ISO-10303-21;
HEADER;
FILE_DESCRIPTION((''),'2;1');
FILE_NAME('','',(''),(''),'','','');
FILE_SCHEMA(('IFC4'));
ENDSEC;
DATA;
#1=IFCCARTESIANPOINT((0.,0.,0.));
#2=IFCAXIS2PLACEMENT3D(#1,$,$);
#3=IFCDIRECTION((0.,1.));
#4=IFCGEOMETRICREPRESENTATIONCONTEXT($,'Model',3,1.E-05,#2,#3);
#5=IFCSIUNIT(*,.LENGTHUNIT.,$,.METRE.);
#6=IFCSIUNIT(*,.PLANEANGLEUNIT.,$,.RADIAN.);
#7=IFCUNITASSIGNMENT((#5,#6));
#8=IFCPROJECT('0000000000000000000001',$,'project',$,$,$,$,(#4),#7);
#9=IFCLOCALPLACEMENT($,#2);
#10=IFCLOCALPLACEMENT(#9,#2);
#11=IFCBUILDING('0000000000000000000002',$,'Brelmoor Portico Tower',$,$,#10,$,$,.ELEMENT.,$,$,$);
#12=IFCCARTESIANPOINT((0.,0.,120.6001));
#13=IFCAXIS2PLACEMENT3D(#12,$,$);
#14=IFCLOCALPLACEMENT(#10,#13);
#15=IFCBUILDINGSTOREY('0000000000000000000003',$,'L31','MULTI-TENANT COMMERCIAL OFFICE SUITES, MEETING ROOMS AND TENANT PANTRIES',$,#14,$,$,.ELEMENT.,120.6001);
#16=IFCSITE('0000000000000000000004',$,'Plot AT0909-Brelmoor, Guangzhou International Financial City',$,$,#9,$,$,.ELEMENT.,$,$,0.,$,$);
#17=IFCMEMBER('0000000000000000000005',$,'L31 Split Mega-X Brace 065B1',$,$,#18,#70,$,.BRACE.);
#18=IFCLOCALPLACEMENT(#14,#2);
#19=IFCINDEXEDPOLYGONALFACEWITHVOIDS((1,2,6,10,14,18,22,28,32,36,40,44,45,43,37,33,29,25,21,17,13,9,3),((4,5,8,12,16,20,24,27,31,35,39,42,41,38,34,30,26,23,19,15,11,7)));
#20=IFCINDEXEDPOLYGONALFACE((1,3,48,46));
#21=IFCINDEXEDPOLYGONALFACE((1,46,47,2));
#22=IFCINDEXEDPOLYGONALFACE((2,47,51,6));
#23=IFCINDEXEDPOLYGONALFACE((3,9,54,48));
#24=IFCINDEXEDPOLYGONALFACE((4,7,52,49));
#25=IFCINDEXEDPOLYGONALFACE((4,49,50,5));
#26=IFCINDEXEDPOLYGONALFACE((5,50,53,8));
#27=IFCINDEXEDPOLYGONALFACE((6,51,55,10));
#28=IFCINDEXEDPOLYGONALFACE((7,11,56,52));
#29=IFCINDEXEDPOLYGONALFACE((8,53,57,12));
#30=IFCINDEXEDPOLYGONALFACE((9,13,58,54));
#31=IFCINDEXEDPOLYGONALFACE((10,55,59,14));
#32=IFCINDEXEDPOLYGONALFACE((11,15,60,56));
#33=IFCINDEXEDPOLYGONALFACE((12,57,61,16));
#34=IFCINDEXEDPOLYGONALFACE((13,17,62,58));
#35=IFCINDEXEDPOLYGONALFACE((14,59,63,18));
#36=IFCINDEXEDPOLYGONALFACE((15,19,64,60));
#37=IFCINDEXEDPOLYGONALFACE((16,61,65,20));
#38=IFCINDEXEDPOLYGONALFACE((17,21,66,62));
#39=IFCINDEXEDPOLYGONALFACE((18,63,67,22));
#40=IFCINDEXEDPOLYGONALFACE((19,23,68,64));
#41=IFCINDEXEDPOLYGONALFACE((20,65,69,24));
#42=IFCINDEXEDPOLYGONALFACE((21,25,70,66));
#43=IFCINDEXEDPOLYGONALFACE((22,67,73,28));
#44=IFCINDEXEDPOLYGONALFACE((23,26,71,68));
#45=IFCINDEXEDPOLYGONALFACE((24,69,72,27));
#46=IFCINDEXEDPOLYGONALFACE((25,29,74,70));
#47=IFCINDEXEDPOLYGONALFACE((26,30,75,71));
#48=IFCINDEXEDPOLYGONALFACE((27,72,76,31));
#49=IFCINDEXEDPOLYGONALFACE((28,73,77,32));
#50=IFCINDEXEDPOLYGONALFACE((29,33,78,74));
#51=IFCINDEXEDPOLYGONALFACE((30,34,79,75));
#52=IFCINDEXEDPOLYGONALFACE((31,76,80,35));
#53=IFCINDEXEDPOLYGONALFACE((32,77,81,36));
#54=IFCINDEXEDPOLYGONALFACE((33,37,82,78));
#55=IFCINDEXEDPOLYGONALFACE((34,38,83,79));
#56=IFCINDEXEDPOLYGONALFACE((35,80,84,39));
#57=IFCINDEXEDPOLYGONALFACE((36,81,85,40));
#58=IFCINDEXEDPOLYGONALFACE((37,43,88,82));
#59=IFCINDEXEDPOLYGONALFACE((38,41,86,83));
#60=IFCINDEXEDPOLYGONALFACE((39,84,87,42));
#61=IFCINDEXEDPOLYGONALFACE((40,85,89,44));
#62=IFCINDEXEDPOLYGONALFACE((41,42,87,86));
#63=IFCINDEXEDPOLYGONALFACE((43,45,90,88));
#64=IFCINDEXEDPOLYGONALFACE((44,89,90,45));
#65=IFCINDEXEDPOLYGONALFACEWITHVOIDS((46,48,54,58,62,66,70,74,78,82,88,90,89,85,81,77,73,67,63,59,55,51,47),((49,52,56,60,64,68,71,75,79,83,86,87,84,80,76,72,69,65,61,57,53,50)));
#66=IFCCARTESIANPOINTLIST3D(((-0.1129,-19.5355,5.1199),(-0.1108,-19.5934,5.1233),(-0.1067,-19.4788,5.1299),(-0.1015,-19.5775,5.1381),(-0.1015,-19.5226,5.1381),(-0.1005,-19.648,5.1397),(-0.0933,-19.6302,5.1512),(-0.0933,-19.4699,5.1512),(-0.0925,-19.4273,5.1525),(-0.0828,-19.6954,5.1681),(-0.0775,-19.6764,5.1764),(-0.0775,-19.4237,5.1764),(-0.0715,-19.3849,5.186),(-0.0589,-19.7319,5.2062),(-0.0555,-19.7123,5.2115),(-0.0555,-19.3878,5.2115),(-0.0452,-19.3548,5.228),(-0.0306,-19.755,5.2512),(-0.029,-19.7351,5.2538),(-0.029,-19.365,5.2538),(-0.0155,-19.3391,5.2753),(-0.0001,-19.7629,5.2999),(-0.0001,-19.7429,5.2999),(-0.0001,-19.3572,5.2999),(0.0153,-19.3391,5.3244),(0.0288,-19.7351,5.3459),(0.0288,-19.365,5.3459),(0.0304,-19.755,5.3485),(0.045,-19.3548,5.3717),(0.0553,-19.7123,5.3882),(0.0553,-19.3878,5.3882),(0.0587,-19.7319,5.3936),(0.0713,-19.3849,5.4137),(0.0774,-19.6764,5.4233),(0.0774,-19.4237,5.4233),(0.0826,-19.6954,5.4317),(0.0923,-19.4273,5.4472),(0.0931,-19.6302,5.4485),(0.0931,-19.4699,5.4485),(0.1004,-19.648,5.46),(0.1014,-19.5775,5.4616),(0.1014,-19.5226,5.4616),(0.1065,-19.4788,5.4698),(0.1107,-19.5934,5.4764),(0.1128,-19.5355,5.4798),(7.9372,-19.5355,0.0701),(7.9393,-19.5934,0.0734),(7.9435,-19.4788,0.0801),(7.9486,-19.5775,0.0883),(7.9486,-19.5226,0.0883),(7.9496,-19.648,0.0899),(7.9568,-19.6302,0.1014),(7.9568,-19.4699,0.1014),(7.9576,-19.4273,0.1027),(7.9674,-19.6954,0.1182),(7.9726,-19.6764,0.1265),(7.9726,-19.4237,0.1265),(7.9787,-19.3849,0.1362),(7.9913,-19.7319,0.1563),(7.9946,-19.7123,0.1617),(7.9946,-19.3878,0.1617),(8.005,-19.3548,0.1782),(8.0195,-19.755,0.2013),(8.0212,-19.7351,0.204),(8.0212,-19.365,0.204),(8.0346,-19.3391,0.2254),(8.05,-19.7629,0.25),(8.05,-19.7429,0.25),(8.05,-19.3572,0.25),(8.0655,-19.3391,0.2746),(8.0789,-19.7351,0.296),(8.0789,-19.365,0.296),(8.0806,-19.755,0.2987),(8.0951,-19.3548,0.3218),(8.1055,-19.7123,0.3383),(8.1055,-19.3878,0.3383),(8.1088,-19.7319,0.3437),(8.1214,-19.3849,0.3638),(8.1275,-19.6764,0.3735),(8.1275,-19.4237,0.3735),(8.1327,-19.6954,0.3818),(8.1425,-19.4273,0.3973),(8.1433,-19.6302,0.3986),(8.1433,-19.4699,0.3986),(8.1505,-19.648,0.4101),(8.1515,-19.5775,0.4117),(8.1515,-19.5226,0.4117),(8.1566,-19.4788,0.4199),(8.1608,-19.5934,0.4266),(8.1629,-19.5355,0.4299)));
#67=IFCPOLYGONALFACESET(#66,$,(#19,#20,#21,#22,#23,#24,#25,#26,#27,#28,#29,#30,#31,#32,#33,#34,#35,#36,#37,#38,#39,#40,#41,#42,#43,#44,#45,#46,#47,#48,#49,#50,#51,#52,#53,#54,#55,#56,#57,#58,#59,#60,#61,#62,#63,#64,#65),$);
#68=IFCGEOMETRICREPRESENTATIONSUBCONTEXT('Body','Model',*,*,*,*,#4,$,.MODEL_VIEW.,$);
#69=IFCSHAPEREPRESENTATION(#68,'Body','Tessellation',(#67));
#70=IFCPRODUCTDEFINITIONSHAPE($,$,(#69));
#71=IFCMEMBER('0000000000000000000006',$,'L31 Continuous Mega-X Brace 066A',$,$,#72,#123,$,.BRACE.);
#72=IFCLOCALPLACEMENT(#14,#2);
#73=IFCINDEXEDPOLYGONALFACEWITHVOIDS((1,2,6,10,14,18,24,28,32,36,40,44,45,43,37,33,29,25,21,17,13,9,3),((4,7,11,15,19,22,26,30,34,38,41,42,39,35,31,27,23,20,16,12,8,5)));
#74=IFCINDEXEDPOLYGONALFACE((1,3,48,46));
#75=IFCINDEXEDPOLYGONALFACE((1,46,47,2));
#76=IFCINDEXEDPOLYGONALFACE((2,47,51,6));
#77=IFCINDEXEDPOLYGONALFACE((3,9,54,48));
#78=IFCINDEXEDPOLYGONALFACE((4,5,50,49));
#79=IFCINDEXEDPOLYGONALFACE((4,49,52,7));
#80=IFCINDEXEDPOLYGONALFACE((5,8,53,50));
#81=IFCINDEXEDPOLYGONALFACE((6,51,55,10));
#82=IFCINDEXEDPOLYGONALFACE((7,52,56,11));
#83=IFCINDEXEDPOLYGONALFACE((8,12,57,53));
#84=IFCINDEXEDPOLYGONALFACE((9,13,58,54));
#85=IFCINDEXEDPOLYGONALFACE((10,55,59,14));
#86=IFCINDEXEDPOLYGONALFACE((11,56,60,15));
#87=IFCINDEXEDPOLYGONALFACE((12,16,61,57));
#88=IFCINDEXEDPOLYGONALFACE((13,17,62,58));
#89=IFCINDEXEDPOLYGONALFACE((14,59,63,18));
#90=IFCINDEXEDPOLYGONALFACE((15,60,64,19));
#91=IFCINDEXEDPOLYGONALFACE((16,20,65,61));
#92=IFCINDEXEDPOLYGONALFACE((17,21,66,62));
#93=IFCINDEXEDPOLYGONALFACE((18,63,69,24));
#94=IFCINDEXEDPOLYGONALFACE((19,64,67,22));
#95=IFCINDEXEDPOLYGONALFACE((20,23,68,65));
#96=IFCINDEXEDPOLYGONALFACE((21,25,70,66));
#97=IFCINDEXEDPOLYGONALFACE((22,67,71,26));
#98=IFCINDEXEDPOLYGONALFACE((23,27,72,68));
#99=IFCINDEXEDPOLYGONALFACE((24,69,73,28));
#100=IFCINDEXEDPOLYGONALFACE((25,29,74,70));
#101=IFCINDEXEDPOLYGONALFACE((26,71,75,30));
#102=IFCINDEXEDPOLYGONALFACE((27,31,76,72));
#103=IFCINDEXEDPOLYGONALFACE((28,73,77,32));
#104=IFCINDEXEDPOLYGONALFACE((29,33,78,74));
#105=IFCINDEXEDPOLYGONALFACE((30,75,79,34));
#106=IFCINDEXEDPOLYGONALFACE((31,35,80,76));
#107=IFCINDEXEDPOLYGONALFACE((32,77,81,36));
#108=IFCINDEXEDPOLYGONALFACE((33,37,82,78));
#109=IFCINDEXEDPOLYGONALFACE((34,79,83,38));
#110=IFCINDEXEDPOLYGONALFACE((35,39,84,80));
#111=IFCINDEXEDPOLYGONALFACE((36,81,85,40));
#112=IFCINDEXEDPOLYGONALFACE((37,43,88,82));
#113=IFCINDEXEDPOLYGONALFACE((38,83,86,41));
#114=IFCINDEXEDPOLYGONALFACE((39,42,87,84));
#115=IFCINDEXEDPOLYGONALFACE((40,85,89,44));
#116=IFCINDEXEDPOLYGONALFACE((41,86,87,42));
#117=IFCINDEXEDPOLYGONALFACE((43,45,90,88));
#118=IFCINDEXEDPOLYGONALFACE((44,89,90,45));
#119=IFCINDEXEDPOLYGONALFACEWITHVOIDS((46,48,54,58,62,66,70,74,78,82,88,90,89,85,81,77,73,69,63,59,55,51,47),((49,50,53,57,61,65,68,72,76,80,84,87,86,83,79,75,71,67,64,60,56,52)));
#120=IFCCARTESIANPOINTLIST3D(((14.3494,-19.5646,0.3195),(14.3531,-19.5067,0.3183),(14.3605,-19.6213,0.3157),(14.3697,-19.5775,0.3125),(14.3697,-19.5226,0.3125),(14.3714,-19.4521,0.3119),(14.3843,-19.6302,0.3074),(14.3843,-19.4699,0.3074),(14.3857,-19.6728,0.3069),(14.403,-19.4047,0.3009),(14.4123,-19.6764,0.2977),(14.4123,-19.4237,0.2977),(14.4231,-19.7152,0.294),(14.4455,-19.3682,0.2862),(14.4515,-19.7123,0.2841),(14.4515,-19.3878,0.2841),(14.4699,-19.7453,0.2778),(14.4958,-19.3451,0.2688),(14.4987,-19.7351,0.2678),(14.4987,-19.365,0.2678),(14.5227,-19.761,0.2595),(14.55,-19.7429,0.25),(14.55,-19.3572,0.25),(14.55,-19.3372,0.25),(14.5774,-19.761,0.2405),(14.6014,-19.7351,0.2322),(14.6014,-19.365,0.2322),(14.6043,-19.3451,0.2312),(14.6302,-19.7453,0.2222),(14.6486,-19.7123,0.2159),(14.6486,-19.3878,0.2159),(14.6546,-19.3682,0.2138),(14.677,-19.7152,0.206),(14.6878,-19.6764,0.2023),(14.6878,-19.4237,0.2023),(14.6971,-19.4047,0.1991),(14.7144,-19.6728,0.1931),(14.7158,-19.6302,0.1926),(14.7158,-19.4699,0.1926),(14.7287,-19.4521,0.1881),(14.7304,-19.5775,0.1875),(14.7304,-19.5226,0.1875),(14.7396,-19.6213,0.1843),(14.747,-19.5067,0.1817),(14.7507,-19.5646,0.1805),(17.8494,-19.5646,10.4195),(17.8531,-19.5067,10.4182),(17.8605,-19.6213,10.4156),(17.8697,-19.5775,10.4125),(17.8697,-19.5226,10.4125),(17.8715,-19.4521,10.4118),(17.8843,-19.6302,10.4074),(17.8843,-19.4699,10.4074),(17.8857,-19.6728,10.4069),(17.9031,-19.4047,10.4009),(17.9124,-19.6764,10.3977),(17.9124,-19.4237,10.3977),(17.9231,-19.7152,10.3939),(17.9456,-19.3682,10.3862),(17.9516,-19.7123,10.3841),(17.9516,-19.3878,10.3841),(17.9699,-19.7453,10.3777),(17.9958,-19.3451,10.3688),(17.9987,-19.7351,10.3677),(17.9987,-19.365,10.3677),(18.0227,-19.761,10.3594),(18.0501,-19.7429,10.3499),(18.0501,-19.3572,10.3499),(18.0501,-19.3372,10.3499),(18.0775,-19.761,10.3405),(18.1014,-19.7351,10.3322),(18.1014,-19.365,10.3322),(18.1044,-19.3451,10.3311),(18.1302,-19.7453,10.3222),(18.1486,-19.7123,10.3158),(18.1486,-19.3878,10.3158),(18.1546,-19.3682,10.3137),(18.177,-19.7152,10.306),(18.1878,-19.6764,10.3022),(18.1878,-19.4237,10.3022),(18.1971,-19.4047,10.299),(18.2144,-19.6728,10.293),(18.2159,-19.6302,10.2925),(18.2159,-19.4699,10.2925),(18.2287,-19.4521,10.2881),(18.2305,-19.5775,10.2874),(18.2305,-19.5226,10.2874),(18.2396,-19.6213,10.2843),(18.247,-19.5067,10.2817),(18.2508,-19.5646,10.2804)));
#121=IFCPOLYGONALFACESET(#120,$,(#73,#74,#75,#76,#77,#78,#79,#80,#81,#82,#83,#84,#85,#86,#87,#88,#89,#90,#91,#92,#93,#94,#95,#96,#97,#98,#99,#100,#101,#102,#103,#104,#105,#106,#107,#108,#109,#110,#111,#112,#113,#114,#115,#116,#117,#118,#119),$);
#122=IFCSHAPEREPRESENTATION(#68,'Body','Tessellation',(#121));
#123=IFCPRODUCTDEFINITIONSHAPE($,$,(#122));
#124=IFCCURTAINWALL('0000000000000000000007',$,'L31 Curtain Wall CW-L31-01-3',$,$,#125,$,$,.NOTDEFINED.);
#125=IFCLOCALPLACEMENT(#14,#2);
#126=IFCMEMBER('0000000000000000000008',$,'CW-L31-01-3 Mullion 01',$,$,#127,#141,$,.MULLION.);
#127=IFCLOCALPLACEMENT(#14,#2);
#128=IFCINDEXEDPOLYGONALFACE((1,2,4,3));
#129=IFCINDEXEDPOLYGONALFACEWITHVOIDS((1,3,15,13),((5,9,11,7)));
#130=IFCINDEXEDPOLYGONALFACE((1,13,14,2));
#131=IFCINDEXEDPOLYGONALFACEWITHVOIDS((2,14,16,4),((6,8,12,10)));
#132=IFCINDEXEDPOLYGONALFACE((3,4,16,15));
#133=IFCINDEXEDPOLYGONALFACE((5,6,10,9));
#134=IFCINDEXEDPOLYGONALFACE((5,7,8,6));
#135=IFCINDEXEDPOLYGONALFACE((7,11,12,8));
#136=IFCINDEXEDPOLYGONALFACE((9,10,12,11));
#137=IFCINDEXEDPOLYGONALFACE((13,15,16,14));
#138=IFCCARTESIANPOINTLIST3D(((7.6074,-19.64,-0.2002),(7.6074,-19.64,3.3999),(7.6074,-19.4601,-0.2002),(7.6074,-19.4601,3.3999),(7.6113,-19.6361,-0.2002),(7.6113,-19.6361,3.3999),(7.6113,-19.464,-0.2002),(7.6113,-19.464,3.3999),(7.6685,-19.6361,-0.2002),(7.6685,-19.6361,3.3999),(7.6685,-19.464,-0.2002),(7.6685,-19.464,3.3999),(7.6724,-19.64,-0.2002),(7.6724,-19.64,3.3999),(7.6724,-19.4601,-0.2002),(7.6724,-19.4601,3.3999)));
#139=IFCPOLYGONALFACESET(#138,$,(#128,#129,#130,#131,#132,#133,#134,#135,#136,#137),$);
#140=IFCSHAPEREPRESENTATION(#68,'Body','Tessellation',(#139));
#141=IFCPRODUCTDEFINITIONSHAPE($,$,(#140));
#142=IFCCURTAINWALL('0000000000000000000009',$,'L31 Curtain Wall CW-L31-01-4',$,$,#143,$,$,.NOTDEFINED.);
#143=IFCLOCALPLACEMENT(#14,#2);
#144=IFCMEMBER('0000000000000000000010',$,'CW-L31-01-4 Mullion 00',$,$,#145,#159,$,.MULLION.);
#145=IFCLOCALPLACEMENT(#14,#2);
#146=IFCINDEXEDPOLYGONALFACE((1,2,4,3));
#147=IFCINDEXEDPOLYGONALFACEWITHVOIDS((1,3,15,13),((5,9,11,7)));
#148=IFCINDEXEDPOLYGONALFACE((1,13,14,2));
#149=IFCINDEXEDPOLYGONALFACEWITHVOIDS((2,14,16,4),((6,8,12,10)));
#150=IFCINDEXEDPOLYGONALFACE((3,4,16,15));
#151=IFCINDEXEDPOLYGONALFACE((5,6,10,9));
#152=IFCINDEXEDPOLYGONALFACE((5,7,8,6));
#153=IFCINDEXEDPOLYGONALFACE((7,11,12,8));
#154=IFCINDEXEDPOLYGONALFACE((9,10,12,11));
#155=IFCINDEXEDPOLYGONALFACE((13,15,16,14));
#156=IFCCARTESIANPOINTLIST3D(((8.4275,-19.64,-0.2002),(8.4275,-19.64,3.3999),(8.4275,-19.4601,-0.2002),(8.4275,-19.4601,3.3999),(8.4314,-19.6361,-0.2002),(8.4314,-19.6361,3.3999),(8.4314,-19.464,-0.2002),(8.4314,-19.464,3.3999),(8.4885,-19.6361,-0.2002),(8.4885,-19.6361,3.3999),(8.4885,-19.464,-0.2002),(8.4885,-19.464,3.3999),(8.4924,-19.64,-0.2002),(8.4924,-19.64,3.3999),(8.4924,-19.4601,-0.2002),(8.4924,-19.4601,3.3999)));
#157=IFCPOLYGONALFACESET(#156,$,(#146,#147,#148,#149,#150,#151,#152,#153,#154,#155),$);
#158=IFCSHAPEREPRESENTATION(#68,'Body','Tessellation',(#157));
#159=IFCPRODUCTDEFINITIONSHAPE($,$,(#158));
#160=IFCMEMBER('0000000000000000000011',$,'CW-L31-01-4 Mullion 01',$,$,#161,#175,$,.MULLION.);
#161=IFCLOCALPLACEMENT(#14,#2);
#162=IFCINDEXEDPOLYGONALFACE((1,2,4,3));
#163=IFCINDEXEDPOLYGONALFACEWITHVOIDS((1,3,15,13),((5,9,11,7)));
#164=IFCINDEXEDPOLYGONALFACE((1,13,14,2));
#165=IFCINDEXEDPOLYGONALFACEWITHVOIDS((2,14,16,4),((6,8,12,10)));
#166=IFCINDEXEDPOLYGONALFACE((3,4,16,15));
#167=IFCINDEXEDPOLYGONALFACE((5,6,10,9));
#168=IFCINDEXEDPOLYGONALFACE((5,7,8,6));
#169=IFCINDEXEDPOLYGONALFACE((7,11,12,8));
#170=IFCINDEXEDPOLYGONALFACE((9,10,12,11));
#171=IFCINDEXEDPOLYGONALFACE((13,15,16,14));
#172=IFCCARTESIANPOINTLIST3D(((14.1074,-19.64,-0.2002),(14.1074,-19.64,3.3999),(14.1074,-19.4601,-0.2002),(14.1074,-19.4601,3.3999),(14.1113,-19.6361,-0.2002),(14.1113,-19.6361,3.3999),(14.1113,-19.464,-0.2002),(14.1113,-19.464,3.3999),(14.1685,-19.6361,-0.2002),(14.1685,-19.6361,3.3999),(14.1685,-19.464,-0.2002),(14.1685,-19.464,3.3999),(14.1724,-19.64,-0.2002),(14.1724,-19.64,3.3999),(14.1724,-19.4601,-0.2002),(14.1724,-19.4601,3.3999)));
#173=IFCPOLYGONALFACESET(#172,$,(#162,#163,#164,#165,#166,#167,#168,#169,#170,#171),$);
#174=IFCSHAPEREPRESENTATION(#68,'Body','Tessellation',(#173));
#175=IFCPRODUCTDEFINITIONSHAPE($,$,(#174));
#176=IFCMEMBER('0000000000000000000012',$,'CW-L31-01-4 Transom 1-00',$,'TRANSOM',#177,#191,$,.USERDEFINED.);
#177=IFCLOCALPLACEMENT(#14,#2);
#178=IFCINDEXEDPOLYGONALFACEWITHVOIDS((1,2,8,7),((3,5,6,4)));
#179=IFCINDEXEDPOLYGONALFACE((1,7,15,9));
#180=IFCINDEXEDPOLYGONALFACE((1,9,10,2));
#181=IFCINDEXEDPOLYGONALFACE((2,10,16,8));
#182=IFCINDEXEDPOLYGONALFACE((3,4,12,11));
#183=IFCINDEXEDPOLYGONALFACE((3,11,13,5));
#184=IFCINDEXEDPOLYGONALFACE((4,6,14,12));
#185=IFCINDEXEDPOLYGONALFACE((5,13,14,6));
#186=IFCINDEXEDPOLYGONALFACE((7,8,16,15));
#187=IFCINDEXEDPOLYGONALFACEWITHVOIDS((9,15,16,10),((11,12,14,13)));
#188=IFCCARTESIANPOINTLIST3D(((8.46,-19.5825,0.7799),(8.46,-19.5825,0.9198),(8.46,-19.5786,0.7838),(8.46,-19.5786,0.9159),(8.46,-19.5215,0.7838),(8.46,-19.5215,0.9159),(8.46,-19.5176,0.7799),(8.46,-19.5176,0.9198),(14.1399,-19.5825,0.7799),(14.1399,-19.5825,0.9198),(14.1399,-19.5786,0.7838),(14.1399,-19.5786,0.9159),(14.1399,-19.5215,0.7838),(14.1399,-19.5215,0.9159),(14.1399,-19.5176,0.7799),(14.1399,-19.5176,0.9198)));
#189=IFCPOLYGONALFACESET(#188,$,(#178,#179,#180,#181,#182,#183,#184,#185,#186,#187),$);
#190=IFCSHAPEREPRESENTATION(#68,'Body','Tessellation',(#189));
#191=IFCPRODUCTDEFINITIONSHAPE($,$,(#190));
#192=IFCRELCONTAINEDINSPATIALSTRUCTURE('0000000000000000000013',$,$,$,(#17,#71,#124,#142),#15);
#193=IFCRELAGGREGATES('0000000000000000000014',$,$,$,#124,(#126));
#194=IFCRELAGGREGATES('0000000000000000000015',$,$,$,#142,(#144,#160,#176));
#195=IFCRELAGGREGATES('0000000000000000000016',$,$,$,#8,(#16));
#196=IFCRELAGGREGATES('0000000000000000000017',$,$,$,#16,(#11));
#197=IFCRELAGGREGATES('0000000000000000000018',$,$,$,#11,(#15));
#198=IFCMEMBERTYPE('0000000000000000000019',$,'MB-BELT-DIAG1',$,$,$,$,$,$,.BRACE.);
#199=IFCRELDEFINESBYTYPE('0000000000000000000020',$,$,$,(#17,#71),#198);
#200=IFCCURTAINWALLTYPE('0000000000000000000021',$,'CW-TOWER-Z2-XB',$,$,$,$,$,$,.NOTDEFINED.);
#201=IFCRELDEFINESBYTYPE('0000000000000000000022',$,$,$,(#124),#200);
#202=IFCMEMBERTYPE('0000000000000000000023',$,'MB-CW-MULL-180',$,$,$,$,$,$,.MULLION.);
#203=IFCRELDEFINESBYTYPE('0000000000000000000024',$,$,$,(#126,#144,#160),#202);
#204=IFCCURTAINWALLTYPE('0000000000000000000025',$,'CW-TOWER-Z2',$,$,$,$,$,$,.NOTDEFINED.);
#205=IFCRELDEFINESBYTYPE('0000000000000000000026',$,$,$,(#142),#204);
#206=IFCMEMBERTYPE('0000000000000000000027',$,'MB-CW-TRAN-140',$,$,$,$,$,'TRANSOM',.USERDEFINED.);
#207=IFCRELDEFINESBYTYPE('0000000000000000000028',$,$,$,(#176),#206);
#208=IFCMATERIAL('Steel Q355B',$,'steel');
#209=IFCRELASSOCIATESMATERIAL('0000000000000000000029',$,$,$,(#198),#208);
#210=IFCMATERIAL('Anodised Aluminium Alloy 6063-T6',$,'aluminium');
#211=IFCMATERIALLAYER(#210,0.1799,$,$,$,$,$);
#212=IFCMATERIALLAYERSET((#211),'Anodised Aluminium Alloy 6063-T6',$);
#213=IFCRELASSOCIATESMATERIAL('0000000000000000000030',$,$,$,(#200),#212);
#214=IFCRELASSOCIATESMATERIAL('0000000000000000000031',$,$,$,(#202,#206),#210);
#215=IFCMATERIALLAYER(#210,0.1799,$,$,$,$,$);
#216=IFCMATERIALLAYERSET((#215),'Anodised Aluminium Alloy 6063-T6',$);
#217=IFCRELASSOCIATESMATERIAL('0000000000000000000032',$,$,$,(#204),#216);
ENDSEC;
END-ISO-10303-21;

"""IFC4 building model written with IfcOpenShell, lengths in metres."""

from ifc_helpers import new_model, si_unit, direction, frame, origin, origin_2d, place, context, subcontext, project, spatial, hollow_rectangle, hollow_circle, extrude, material, layer, layer_set, material_profile, profile_set, type_object, element, aggregate, save


model = new_model("IFC4")

# Units and contexts
model_context = context("Model", 3, precision=1e-05, world=origin(), true_north=direction((0.0, 1.0)))
body_context = subcontext(model_context, "Body", "Model", "MODEL_VIEW")
ifc_project = project(units=[si_unit("LENGTHUNIT", "METRE"), si_unit("PLANEANGLEUNIT", "RADIAN")], contexts=[model_context])

# Site, building, storey
site_placement = place(None, origin())
site = spatial("IfcSite", under=ifc_project, at=site_placement, Name="Plot AT0909-Brelmoor, Guangzhou International Financial City", CompositionType="ELEMENT", RefElevation=0.0)
building_placement = place(site_placement, origin())
building = spatial("IfcBuilding", under=site, at=building_placement, Name="Brelmoor Portico Tower", CompositionType="ELEMENT")
storey_placement = place(building_placement, frame((0.0, 0.0, 120.6001)))
storey = spatial("IfcBuildingStorey", under=building, at=storey_placement, Name="L31", Description="MULTI-TENANT COMMERCIAL OFFICE SUITES, MEETING ROOMS AND TENANT PANTRIES", CompositionType="ELEMENT", Elevation=120.6001)

# Shared definitions
ifc_material_1 = material(Name="Steel Q355B", Category="steel")

# Members
ifc_material_profile_1 = material_profile(ifc_material_1, hollow_circle(Radius=0.2129, WallThickness=0.02, at=origin_2d()), Name="CHS 426x20")
ifc_profile_set_1 = profile_set([ifc_material_profile_1], Name="Steel Q355B")
member_type_1 = type_object("IfcMemberType", Name="MB-BELT-DIAG1", PredefinedType="BRACE", material=ifc_profile_set_1)
member_1_placement = place(storey_placement, frame((8.05, -19.55, 0.25), z_axis=(-0.847121, 0.0, 0.5314), x_axis=(0.0, -1.0, 0.0)))
element("IfcMember", 1, at=member_1_placement, inside=storey, type_object=member_type_1, Name="L31 Split Mega-X Brace 065B1", PredefinedType="BRACE", context=body_context, shape_type="SweptSolid", body=[
    extrude(hollow_circle(Radius=0.2129, WallThickness=0.02, at=origin_2d()), origin(), (0.0, 0.0, 1.0), 9.5029),
])
member_2_placement = place(storey_placement, frame((14.55, -19.55, 0.25), z_axis=(0.327436, 0.0, 0.944873), x_axis=(0.0, 1.0, 0.0)))
element("IfcMember", 2, at=member_2_placement, inside=storey, type_object=member_type_1, Name="L31 Continuous Mega-X Brace 066A", PredefinedType="BRACE", context=body_context, shape_type="SweptSolid", body=[
    extrude(hollow_circle(Radius=0.2129, WallThickness=0.02, at=origin_2d()), origin(), (0.0, 0.0, 1.0), 10.6892),
])

# Curtain wall, member
ifc_material_2 = material(Name="Anodised Aluminium Alloy 6063-T6", Category="aluminium")
ifc_layer_1 = layer(ifc_material_2, 0.1799)
ifc_layer_set_1 = layer_set([ifc_layer_1], Name="Anodised Aluminium Alloy 6063-T6")
curtain_wall_type_1 = type_object("IfcCurtainWallType", Name="CW-TOWER-Z2-XB", PredefinedType="NOTDEFINED", material=ifc_layer_set_1)
curtain_wall_1_placement = place(storey_placement, origin())
curtain_wall_1 = element("IfcCurtainWall", 3, at=curtain_wall_1_placement, inside=storey, type_object=curtain_wall_type_1, Name="L31 Curtain Wall CW-L31-01-3", PredefinedType="NOTDEFINED")
ifc_material_profile_2 = material_profile(ifc_material_2, hollow_rectangle(XDim=0.0649, YDim=0.1799, WallThickness=0.0039, at=origin_2d()), Name="ALU MULLION 65x180")
ifc_profile_set_2 = profile_set([ifc_material_profile_2], Name="Anodised Aluminium Alloy 6063-T6")
member_type_2 = type_object("IfcMemberType", Name="MB-CW-MULL-180", PredefinedType="MULLION", material=ifc_profile_set_2)
member_3_placement = place(storey_placement, frame((7.6399, -19.55, -0.2002), z_axis=(0.0, 0.0, 1.0), x_axis=(1.0, 0.0, 0.0)))
member_3 = element("IfcMember", 4, at=member_3_placement, type_object=member_type_2, Name="CW-L31-01-3 Mullion 01", PredefinedType="MULLION", context=body_context, shape_type="SweptSolid", body=[
    extrude(hollow_rectangle(XDim=0.0649, YDim=0.1799, WallThickness=0.0039, at=origin_2d()), origin(), (0.0, 0.0, 1.0), 3.6001),
])
aggregate(curtain_wall_1, [member_3])

# Curtain wall, members
ifc_layer_2 = layer(ifc_material_2, 0.1799)
ifc_layer_set_2 = layer_set([ifc_layer_2], Name="Anodised Aluminium Alloy 6063-T6")
curtain_wall_type_2 = type_object("IfcCurtainWallType", Name="CW-TOWER-Z2", PredefinedType="NOTDEFINED", material=ifc_layer_set_2)
curtain_wall_2_placement = place(storey_placement, origin())
curtain_wall_2 = element("IfcCurtainWall", 5, at=curtain_wall_2_placement, inside=storey, type_object=curtain_wall_type_2, Name="L31 Curtain Wall CW-L31-01-4", PredefinedType="NOTDEFINED")
member_4_placement = place(storey_placement, frame((8.46, -19.55, -0.2002), z_axis=(0.0, 0.0, 1.0), x_axis=(1.0, 0.0, 0.0)))
member_4 = element("IfcMember", 6, at=member_4_placement, type_object=member_type_2, Name="CW-L31-01-4 Mullion 00", PredefinedType="MULLION", context=body_context, shape_type="SweptSolid", body=[
    extrude(hollow_rectangle(XDim=0.0649, YDim=0.1799, WallThickness=0.0039, at=origin_2d()), origin(), (0.0, 0.0, 1.0), 3.6001),
])
member_5_placement = place(storey_placement, frame((14.1399, -19.55, -0.2002), z_axis=(0.0, 0.0, 1.0), x_axis=(1.0, 0.0, 0.0)))
member_5 = element("IfcMember", 7, at=member_5_placement, type_object=member_type_2, Name="CW-L31-01-4 Mullion 01", PredefinedType="MULLION", context=body_context, shape_type="SweptSolid", body=[
    extrude(hollow_rectangle(XDim=0.0649, YDim=0.1799, WallThickness=0.0039, at=origin_2d()), origin(), (0.0, 0.0, 1.0), 3.6001),
])
ifc_material_profile_3 = material_profile(ifc_material_2, hollow_rectangle(XDim=0.0649, YDim=0.1399, WallThickness=0.0039, at=origin_2d()), Name="ALU TRANSOM 65x140")
ifc_profile_set_3 = profile_set([ifc_material_profile_3], Name="Anodised Aluminium Alloy 6063-T6")
member_type_3 = type_object("IfcMemberType", Name="MB-CW-TRAN-140", ElementType="TRANSOM", PredefinedType="USERDEFINED", material=ifc_profile_set_3)
member_6_placement = place(storey_placement, frame((8.46, -19.55, 0.8499), z_axis=(1.0, 0.0, 0.0), x_axis=(0.0, 1.0, 0.0)))
member_6 = element("IfcMember", 8, at=member_6_placement, type_object=member_type_3, Name="CW-L31-01-4 Transom 1-00", ObjectType="TRANSOM", PredefinedType="USERDEFINED", context=body_context, shape_type="SweptSolid", body=[
    extrude(hollow_rectangle(XDim=0.0649, YDim=0.1399, WallThickness=0.0039, at=origin_2d()), origin(), (0.0, 0.0, 1.0), 5.6799),
])

aggregate(curtain_wall_2, [member_4, member_5, member_6])

save(model, "model.ifc")
